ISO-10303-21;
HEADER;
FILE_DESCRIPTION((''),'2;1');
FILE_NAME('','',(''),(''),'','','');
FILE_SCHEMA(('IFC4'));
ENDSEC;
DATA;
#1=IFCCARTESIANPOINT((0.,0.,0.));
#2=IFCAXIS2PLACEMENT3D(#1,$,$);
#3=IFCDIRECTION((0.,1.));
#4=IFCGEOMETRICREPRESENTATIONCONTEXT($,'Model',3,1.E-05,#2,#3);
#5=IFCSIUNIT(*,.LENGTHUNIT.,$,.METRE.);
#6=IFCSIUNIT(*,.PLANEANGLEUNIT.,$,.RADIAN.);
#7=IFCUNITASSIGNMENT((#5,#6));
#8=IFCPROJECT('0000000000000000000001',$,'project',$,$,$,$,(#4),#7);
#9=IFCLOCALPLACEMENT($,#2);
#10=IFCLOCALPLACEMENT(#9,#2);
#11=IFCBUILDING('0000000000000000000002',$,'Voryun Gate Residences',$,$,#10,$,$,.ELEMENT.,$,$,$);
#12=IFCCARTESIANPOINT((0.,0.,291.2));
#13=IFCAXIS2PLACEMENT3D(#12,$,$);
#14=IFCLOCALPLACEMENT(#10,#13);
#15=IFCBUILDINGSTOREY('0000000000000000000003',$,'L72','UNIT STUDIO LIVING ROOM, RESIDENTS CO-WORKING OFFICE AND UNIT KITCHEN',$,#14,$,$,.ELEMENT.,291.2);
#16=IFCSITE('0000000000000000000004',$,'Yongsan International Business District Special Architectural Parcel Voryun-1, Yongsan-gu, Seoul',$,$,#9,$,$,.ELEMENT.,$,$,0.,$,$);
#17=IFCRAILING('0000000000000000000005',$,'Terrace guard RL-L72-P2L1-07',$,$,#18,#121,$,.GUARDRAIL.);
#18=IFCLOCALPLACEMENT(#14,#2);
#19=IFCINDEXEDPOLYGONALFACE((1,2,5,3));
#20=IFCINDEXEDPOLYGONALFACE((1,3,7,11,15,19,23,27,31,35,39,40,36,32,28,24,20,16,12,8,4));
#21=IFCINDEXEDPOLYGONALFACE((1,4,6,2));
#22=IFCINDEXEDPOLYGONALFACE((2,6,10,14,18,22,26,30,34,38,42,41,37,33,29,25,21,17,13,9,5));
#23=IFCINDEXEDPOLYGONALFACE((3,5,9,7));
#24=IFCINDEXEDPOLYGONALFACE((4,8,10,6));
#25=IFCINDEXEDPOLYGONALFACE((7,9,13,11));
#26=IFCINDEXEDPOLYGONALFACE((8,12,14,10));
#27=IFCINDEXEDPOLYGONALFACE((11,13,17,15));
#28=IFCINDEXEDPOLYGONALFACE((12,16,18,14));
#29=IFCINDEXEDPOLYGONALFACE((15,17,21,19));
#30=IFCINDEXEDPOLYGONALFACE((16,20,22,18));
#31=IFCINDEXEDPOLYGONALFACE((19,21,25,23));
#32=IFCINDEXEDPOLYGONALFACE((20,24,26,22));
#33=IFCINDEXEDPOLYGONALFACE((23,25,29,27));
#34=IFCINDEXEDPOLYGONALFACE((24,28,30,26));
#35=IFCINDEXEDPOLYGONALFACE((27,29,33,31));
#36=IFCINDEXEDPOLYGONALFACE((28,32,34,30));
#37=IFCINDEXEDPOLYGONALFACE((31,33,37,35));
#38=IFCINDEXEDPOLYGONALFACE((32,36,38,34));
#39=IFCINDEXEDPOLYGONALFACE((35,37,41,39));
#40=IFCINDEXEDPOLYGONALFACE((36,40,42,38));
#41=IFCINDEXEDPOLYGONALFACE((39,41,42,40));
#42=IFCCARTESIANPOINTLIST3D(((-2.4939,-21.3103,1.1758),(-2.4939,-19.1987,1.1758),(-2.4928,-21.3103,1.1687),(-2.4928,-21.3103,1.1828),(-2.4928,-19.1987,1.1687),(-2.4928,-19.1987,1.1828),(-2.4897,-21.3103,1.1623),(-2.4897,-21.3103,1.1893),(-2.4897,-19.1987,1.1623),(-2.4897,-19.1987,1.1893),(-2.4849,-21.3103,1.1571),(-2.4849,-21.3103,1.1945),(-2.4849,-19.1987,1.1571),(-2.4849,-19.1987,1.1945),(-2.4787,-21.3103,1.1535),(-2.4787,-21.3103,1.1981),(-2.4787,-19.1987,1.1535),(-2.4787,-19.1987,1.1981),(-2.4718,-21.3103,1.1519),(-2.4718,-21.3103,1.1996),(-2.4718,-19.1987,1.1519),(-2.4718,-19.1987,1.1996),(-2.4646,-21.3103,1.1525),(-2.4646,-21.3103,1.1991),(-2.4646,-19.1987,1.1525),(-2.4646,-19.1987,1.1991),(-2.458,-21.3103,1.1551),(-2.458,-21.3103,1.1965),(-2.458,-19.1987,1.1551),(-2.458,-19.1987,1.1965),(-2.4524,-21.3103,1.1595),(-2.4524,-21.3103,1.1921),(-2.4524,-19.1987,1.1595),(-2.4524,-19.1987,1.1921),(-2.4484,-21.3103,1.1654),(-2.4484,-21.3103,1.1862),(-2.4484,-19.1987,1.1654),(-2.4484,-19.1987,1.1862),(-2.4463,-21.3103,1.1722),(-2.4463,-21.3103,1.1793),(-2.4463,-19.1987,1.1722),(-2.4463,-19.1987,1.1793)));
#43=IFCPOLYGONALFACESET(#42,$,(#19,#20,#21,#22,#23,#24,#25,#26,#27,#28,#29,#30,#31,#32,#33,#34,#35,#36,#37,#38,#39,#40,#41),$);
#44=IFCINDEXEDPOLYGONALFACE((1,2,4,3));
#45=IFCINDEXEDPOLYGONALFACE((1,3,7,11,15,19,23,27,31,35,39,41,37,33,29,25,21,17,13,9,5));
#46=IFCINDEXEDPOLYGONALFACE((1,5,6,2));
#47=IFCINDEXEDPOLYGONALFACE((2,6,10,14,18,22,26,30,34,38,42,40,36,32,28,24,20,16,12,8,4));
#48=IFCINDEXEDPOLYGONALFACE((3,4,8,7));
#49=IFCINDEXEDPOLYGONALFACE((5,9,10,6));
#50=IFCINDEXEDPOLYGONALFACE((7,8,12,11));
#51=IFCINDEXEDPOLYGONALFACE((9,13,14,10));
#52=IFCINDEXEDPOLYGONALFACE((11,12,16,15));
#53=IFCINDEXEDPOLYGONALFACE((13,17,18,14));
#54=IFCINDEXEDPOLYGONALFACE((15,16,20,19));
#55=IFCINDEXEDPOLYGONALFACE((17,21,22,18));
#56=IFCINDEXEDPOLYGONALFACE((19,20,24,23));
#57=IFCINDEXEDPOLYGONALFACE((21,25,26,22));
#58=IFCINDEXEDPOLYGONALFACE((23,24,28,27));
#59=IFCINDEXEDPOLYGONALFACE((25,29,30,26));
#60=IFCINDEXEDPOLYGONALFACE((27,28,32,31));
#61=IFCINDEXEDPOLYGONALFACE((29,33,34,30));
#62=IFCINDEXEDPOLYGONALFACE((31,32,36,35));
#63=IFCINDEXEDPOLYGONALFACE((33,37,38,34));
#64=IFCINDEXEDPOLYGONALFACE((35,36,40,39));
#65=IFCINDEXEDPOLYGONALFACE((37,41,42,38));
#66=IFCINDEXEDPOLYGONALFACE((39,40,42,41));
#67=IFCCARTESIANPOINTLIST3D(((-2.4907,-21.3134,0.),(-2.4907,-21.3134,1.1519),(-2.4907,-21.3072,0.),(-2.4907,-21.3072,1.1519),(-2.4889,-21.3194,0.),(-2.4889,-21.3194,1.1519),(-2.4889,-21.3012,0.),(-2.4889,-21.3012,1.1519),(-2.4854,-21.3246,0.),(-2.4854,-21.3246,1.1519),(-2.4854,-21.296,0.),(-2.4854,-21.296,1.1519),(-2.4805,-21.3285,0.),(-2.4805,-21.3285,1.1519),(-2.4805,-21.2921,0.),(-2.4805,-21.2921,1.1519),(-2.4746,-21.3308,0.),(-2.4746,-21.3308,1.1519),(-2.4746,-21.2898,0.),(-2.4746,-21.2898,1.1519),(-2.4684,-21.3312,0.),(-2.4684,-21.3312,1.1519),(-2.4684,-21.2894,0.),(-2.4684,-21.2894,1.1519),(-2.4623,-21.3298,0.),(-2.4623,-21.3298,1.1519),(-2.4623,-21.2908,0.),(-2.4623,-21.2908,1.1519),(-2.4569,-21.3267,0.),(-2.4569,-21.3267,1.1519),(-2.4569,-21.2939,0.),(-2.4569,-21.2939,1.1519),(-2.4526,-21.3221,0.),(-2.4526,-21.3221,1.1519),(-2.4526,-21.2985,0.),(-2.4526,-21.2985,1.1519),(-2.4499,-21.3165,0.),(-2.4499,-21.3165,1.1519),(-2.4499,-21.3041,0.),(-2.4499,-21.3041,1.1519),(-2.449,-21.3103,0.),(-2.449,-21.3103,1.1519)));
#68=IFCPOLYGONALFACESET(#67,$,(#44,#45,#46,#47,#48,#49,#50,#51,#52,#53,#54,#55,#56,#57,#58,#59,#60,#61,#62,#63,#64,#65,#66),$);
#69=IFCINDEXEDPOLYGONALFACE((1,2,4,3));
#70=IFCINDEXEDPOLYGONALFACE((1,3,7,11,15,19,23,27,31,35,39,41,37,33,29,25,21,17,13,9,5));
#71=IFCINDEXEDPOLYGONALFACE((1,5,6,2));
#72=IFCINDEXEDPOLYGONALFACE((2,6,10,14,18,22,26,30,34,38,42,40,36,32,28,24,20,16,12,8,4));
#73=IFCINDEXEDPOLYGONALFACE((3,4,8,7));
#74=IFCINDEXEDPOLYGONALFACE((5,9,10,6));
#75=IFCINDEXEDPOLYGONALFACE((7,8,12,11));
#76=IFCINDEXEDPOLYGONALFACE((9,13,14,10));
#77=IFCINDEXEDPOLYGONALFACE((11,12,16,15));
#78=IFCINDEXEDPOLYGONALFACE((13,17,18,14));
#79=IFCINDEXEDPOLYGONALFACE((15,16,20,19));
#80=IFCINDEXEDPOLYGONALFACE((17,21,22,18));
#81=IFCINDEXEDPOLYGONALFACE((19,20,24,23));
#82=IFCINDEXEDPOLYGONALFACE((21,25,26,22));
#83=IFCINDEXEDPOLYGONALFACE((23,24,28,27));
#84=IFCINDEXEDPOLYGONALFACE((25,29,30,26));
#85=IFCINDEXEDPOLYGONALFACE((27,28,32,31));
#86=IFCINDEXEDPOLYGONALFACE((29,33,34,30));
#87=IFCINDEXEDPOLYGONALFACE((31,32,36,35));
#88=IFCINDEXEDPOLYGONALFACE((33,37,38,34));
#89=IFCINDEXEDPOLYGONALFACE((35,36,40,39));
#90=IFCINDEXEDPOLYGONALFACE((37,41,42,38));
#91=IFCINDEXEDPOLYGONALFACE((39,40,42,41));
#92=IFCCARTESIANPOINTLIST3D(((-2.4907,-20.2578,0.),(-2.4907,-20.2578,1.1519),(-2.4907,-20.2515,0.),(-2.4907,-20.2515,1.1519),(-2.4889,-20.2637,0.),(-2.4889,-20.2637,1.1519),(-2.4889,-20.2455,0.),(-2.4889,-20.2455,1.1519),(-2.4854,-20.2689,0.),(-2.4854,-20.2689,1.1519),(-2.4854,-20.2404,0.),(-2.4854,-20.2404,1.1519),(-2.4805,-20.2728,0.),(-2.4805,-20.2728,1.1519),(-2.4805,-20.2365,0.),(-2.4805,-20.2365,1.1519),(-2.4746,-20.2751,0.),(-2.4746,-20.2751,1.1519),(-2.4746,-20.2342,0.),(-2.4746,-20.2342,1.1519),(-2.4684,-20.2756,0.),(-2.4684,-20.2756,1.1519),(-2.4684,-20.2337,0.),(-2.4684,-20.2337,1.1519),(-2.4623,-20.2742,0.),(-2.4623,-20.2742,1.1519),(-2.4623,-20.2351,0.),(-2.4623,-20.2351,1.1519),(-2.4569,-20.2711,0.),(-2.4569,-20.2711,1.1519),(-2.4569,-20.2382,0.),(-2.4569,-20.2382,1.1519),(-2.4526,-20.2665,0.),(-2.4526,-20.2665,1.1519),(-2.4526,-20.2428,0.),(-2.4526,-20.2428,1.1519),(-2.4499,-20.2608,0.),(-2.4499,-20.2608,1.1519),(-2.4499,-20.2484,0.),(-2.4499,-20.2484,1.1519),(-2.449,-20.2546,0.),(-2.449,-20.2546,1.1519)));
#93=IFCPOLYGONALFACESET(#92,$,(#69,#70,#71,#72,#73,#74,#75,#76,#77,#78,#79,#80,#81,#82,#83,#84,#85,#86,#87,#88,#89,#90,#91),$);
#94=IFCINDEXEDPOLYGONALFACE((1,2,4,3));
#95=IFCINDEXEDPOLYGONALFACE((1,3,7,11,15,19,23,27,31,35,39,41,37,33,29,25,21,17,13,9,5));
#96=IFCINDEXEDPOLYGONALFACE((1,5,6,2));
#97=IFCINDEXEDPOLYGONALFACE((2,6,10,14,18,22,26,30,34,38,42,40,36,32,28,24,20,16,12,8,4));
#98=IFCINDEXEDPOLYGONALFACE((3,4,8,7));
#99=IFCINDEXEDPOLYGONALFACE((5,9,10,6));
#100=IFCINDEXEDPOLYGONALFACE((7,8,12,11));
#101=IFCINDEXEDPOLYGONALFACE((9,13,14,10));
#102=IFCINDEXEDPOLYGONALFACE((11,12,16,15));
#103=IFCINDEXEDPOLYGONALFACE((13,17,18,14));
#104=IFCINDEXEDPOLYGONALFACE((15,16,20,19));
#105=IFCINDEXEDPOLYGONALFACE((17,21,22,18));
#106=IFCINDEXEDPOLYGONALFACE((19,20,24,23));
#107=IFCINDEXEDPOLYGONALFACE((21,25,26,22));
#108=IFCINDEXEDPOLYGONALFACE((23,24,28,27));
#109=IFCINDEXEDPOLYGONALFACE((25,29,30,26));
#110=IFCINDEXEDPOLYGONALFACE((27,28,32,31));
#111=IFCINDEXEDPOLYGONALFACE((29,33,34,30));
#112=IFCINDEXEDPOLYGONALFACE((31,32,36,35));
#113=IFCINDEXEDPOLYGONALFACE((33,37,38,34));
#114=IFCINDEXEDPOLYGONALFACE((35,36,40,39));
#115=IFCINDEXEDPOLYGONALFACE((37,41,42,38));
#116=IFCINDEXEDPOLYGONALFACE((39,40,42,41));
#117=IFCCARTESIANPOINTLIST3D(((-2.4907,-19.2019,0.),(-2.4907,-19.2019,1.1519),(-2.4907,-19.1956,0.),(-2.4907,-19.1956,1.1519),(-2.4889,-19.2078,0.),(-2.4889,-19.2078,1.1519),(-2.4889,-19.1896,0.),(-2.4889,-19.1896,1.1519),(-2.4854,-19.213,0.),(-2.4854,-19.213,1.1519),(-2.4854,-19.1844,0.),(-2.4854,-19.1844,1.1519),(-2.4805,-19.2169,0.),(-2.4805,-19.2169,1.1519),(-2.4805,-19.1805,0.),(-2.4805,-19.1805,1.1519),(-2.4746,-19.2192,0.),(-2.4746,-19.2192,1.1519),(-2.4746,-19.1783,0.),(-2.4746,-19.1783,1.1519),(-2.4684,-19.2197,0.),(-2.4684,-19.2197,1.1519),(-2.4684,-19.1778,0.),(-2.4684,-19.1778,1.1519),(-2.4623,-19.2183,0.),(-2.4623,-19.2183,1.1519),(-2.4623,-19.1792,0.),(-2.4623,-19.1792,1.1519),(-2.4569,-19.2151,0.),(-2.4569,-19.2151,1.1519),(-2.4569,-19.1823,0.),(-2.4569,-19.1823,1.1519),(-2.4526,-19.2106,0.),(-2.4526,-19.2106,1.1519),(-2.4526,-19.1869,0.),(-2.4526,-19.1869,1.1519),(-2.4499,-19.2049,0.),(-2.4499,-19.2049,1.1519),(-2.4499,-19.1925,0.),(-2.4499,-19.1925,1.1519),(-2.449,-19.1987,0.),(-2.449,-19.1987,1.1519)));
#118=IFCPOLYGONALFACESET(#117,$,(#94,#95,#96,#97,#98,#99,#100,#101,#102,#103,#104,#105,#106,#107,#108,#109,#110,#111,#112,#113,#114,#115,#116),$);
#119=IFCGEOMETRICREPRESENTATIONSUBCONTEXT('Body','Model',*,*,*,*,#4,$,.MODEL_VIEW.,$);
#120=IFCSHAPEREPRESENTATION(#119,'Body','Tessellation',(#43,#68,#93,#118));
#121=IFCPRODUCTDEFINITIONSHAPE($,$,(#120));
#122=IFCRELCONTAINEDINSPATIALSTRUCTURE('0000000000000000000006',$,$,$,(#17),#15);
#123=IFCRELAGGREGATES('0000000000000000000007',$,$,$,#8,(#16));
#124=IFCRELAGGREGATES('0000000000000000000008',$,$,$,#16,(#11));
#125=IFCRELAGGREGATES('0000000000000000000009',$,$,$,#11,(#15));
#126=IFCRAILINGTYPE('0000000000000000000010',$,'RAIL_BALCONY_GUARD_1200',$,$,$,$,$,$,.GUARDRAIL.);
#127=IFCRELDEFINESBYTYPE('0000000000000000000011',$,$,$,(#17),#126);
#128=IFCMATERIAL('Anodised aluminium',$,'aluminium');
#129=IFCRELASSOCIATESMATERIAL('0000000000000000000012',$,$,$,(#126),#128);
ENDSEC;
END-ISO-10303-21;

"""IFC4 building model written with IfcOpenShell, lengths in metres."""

from ifc_helpers import new_model, si_unit, direction, frame, origin, origin_2d, place, context, subcontext, project, spatial, circle, extrude, material, type_object, element, save


model = new_model("IFC4")

# Units and contexts
model_context = context("Model", 3, precision=1e-05, world=origin(), true_north=direction((0.0, 1.0)))
body_context = subcontext(model_context, "Body", "Model", "MODEL_VIEW")
ifc_project = project(units=[si_unit("LENGTHUNIT", "METRE"), si_unit("PLANEANGLEUNIT", "RADIAN")], contexts=[model_context])

# Site, building, storey
site_placement = place(None, origin())
site = spatial("IfcSite", under=ifc_project, at=site_placement, Name="Yongsan International Business District Special Architectural Parcel Voryun-1, Yongsan-gu, Seoul", CompositionType="ELEMENT", RefElevation=0.0)
building_placement = place(site_placement, origin())
building = spatial("IfcBuilding", under=site, at=building_placement, Name="Voryun Gate Residences", CompositionType="ELEMENT")
storey_placement = place(building_placement, frame((0.0, 0.0, 291.2)))
storey = spatial("IfcBuildingStorey", under=building, at=storey_placement, Name="L72", Description="UNIT STUDIO LIVING ROOM, RESIDENTS CO-WORKING OFFICE AND UNIT KITCHEN", CompositionType="ELEMENT", Elevation=291.2)

# Railing
ifc_material_1 = material(Name="Anodised aluminium", Category="aluminium")
railing_type = type_object("IfcRailingType", Name="RAIL_BALCONY_GUARD_1200", PredefinedType="GUARDRAIL", material=ifc_material_1)
railing_1_placement = place(storey_placement, frame((-2.47, -21.3103, 0.0)))
element("IfcRailing", 1, at=railing_1_placement, inside=storey, type_object=railing_type, Name="Terrace guard RL-L72-P2L1-07", PredefinedType="GUARDRAIL", context=body_context, shape_type="SweptSolid", body=[
    extrude(circle(Radius=0.0239, at=origin_2d()), frame((0.0, 0.0, 1.1758), z_axis=(0.0, 1.0, 0.0), x_axis=(-1.0, 0.0, 0.0)), (0.0, 0.0, 1.0), 2.1116),
    extrude(circle(Radius=0.021, at=origin_2d()), origin(), (0.0, 0.0, 1.0), 1.1519),
    extrude(circle(Radius=0.021, at=origin_2d()), frame((0.0, 1.0557, 0.0)), (0.0, 0.0, 1.0), 1.1519),
    extrude(circle(Radius=0.021, at=origin_2d()), frame((0.0, 2.1116, 0.0)), (0.0, 0.0, 1.0), 1.1519),
])

save(model, "model.ifc")
